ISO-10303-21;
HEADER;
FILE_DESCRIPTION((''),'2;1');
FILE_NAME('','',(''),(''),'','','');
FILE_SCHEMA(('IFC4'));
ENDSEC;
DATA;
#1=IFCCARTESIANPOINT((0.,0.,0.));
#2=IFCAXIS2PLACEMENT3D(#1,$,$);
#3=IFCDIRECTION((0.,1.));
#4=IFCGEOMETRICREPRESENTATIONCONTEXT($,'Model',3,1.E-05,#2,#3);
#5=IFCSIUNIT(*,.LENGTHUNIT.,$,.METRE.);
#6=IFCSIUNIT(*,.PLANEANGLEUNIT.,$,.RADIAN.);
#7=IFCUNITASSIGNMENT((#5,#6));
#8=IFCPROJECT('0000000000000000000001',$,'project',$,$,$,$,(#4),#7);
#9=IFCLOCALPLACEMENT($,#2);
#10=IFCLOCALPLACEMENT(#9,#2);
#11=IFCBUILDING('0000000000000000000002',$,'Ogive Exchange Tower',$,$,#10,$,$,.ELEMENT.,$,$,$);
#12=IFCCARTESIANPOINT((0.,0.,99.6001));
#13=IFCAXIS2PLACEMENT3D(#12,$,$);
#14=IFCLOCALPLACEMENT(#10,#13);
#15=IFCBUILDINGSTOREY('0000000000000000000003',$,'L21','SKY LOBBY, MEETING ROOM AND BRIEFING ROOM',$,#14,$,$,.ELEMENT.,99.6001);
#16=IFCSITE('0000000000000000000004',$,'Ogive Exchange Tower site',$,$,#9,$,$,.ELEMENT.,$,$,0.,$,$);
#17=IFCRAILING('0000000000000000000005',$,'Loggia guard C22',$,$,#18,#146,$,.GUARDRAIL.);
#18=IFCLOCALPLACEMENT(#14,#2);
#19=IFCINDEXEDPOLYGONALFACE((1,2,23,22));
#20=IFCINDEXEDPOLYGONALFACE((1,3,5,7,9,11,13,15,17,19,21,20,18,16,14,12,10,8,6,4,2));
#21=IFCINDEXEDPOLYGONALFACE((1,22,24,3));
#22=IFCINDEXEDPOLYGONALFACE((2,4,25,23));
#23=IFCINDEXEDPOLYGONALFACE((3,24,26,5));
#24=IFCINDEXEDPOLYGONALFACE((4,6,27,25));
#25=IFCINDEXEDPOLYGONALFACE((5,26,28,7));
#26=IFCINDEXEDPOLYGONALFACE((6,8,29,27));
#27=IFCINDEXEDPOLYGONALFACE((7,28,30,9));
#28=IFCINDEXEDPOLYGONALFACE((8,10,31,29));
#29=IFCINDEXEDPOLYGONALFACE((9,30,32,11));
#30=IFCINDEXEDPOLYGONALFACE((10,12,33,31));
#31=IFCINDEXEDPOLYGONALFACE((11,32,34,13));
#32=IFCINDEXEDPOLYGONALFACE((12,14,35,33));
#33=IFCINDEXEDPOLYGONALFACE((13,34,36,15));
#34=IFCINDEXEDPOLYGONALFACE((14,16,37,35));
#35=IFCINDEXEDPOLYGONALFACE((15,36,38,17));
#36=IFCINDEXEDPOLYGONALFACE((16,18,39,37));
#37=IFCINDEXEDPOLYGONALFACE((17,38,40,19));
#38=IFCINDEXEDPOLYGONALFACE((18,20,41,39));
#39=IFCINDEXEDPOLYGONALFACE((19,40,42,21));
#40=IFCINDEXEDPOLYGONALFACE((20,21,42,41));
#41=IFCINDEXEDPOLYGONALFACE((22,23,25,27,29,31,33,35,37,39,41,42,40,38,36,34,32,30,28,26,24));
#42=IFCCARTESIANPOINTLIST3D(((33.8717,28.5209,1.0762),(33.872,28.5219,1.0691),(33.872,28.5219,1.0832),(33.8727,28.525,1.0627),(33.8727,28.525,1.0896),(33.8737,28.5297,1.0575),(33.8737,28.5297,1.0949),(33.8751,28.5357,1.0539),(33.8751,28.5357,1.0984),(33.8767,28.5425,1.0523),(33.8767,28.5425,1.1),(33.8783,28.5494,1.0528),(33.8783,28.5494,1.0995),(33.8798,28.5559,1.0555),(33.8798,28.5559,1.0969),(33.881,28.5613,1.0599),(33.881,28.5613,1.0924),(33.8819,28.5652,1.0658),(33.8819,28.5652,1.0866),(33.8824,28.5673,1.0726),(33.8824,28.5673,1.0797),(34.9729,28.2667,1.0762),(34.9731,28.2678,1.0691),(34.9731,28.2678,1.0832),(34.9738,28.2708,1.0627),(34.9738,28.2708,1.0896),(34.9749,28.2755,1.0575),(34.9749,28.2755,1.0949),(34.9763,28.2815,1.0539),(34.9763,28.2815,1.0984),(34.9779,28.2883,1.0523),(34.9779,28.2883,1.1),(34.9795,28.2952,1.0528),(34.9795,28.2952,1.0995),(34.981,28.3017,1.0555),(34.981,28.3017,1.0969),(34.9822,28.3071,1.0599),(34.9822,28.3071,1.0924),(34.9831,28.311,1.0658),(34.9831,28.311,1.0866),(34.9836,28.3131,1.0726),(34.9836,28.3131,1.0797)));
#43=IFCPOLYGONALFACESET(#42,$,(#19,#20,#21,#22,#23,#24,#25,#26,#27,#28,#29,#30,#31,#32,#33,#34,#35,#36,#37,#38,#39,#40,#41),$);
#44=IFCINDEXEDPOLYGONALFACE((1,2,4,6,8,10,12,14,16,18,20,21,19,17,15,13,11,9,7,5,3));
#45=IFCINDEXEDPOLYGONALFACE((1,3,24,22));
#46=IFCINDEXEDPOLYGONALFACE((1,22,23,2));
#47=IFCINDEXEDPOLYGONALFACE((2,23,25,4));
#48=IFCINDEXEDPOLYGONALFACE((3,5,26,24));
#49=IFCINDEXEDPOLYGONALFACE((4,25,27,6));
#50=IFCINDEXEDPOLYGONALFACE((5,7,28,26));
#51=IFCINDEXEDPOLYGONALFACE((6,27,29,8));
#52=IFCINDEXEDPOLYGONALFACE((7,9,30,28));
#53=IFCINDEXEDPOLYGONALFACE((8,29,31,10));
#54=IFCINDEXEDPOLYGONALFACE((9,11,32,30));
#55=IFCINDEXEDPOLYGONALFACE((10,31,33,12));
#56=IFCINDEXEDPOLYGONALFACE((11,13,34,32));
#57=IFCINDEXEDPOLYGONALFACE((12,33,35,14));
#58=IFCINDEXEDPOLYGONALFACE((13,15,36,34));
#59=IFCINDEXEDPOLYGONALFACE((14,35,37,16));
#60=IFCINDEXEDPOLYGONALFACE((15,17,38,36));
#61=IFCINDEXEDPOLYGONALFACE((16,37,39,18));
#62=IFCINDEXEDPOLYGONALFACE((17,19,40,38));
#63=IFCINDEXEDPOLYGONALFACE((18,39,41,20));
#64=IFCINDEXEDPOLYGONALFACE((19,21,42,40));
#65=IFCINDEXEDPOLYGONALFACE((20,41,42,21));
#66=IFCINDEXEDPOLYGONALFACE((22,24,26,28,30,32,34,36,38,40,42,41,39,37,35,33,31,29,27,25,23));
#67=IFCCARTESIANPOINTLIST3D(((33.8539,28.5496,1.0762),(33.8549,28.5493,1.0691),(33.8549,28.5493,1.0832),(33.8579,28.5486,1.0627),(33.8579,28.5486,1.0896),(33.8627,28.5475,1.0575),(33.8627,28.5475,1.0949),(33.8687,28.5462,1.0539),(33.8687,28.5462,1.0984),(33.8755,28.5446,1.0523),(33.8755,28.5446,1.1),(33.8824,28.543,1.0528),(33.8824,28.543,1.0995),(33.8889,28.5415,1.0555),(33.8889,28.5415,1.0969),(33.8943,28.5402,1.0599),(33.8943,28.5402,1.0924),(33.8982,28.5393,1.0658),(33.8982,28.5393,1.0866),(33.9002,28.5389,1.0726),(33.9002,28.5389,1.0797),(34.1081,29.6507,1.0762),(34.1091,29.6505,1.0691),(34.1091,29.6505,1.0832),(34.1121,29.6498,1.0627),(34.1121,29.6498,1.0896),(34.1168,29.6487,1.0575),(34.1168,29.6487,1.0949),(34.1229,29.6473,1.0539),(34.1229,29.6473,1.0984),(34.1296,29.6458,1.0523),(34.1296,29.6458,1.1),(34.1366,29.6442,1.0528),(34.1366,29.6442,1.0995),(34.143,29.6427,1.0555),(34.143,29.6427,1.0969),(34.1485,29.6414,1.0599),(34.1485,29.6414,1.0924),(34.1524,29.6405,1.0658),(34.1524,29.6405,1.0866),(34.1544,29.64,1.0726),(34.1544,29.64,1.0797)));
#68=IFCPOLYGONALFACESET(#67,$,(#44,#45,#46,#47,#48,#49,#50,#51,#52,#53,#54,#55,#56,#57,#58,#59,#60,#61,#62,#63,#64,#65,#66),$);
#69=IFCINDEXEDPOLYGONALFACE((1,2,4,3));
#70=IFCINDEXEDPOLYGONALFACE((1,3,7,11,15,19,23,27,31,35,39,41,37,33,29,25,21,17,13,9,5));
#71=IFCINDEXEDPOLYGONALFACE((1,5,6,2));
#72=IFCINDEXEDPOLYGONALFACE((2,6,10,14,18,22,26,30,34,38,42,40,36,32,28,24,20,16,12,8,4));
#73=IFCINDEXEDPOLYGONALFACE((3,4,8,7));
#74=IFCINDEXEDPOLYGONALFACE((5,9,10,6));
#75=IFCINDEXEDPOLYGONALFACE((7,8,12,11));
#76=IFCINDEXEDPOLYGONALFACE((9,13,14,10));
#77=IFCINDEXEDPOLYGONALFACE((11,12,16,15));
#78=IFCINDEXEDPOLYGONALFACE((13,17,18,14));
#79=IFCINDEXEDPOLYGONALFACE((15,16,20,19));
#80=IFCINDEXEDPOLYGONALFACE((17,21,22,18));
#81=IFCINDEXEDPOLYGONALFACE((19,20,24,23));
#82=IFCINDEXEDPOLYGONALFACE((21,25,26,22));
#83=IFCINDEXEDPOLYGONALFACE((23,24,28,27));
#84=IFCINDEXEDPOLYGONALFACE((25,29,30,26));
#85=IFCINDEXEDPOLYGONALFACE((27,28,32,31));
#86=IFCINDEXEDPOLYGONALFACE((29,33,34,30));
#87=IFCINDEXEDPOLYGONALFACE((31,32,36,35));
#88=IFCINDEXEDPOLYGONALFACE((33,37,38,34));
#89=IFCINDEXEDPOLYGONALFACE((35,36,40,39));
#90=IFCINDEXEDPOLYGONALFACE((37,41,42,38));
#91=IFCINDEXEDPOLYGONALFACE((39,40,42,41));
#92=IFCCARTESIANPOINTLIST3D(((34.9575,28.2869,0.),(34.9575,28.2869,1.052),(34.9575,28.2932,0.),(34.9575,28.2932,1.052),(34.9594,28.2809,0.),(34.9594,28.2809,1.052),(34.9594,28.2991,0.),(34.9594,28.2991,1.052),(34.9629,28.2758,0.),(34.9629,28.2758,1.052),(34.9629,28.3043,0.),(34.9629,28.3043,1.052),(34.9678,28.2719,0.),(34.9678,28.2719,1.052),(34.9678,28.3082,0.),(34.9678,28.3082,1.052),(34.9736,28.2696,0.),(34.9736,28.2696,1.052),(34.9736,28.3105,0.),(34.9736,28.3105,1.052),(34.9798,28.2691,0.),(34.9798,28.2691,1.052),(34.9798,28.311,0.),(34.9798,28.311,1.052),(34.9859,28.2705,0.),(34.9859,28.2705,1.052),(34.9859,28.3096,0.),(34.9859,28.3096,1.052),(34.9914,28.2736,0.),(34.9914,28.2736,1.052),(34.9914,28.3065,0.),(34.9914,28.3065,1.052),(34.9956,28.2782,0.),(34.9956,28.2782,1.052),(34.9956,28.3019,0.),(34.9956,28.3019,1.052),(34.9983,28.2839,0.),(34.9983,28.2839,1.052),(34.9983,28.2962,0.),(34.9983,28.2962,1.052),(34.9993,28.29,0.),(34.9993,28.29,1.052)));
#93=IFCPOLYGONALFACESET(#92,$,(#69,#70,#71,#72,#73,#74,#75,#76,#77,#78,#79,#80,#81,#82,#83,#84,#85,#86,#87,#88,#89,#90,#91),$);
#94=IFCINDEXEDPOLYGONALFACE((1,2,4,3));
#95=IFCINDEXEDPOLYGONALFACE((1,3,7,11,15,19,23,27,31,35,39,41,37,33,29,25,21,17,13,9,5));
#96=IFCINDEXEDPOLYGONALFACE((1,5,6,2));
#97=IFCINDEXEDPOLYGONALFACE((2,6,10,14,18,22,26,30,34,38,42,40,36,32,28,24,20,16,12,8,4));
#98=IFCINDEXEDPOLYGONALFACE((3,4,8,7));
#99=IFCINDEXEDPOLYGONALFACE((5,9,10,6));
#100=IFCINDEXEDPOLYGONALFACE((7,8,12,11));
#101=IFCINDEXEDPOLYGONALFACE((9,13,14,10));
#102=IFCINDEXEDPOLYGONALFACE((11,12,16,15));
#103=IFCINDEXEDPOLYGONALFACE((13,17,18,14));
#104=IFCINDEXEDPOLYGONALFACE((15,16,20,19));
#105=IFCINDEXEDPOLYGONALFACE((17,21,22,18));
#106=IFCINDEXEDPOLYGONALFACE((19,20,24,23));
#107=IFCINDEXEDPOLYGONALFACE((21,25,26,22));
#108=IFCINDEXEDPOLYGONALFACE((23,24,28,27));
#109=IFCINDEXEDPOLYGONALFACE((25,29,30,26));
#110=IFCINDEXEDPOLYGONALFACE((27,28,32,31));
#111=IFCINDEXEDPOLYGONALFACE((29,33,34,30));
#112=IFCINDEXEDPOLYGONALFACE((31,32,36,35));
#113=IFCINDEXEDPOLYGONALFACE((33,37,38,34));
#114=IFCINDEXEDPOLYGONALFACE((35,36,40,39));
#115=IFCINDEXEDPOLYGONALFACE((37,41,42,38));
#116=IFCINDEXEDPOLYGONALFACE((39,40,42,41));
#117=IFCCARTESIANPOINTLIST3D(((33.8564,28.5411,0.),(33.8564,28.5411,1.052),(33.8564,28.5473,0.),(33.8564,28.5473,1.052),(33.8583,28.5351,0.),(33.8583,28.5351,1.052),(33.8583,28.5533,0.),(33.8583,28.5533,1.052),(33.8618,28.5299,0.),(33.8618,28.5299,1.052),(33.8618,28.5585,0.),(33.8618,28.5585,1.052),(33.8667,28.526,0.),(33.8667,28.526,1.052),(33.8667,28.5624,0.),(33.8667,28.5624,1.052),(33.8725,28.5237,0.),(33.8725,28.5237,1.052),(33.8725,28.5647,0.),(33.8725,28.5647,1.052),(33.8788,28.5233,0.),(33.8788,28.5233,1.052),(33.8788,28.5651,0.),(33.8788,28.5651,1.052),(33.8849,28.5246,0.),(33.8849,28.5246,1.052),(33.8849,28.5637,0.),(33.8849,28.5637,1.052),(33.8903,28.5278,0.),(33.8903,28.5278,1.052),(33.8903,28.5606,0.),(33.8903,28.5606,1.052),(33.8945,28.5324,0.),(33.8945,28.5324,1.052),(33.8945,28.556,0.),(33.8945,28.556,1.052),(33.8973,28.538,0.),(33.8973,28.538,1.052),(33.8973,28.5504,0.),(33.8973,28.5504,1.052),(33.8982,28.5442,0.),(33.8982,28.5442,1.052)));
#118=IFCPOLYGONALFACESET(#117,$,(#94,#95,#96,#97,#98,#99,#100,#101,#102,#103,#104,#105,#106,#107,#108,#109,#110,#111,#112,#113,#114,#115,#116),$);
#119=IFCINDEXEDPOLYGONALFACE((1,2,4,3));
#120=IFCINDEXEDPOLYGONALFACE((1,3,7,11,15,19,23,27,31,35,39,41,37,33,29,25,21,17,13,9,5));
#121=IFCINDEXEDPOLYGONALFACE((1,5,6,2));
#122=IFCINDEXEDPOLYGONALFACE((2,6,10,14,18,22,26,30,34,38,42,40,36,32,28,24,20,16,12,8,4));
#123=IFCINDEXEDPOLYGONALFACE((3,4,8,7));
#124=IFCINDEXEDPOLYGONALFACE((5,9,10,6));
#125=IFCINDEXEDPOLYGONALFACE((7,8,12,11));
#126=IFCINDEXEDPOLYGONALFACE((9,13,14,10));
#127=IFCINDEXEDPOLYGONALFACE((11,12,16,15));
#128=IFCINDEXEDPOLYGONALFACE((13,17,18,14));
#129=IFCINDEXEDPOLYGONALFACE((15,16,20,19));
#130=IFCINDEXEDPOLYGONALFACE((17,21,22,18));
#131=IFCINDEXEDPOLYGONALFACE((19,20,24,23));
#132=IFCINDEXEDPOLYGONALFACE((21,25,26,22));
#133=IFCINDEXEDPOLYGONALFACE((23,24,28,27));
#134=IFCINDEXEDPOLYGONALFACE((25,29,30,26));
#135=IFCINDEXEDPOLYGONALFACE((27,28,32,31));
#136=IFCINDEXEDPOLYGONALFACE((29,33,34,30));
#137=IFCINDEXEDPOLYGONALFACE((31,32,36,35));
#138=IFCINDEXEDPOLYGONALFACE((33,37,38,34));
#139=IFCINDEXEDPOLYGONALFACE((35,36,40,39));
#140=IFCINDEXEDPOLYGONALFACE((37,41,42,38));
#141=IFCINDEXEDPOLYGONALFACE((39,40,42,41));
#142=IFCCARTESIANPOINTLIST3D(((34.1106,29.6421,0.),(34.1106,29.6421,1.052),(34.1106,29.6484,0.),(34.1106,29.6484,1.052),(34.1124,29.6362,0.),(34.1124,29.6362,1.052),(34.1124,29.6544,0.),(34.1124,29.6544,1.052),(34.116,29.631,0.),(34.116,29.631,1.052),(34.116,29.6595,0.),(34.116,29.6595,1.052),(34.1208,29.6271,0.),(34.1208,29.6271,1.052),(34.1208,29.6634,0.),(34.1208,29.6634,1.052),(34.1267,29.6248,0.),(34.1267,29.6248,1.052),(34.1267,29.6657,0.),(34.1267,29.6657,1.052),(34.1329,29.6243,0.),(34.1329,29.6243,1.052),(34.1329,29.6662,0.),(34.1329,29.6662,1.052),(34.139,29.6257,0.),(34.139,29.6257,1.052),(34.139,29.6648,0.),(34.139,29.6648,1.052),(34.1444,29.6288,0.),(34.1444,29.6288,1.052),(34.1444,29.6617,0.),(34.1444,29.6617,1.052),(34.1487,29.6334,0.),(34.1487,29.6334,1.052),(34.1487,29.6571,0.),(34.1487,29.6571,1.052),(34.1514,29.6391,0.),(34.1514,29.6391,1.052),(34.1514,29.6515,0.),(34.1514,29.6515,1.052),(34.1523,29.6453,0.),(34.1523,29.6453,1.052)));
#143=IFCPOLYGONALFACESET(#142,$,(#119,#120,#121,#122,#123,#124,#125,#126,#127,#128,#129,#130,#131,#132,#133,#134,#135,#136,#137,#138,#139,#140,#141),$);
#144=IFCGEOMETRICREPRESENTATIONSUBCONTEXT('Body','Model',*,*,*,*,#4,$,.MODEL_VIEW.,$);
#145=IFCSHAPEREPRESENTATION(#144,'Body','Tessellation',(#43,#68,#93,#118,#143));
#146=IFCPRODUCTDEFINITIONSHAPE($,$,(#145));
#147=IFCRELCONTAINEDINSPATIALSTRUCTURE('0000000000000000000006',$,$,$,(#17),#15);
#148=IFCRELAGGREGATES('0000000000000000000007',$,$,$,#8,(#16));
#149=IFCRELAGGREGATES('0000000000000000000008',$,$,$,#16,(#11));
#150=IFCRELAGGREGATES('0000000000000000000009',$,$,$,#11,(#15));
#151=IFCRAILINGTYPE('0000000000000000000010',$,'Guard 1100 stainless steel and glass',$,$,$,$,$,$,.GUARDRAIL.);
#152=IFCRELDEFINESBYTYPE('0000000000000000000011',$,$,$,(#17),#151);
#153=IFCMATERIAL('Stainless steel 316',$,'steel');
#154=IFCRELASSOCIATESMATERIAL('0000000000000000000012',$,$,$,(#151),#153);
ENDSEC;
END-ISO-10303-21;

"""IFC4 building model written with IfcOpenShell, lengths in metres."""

from ifc_helpers import new_model, si_unit, direction, frame, origin, origin_2d, place, context, subcontext, project, spatial, circle, extrude, material, type_object, element, save


model = new_model("IFC4")

# Units and contexts
model_context = context("Model", 3, precision=1e-05, world=origin(), true_north=direction((0.0, 1.0)))
body_context = subcontext(model_context, "Body", "Model", "MODEL_VIEW")
ifc_project = project(units=[si_unit("LENGTHUNIT", "METRE"), si_unit("PLANEANGLEUNIT", "RADIAN")], contexts=[model_context])

# Site, building, storey
site_placement = place(None, origin())
site = spatial("IfcSite", under=ifc_project, at=site_placement, Name="Ogive Exchange Tower site", CompositionType="ELEMENT", RefElevation=0.0)
building_placement = place(site_placement, origin())
building = spatial("IfcBuilding", under=site, at=building_placement, Name="Ogive Exchange Tower", CompositionType="ELEMENT")
storey_placement = place(building_placement, frame((0.0, 0.0, 99.6001)))
storey = spatial("IfcBuildingStorey", under=building, at=storey_placement, Name="L21", Description="SKY LOBBY, MEETING ROOM AND BRIEFING ROOM", CompositionType="ELEMENT", Elevation=99.6001)

# Railing
ifc_material_1 = material(Name="Stainless steel 316", Category="steel")
railing_type = type_object("IfcRailingType", Name="Guard 1100 stainless steel and glass", PredefinedType="GUARDRAIL", material=ifc_material_1)
for number, where, name in (
    (1, (34.9783, 28.29, 0.0), "Loggia guard C22"),
):
    element("IfcRailing", number, at=place(storey_placement, frame(where)), inside=storey, type_object=railing_type, Name=name, PredefinedType="GUARDRAIL", context=body_context, shape_type="SweptSolid", body=[
        extrude(circle(Radius=0.0239, at=origin_2d()), frame((0.0, 0.0, 1.0762), z_axis=(-0.97438, 0.224907, 0.0), x_axis=(-0.224907, -0.97438, 0.0)), (0.0, 0.0, 1.0), 1.1301),
        extrude(circle(Radius=0.0239, at=origin_2d()), frame((-1.1011, 0.2542, 1.0762), z_axis=(0.224907, 0.97438, 0.0), x_axis=(-0.97438, 0.224907, 0.0)), (0.0, 0.0, 1.0), 1.1301),
        extrude(circle(Radius=0.021, at=origin_2d()), origin(), (0.0, 0.0, 1.0), 1.052),
        extrude(circle(Radius=0.021, at=origin_2d()), frame((-1.1011, 0.2542, 0.0)), (0.0, 0.0, 1.0), 1.052),
        extrude(circle(Radius=0.021, at=origin_2d()), frame((-0.8469, 1.3552, 0.0)), (0.0, 0.0, 1.0), 1.052),
    ])

save(model, "model.ifc")
